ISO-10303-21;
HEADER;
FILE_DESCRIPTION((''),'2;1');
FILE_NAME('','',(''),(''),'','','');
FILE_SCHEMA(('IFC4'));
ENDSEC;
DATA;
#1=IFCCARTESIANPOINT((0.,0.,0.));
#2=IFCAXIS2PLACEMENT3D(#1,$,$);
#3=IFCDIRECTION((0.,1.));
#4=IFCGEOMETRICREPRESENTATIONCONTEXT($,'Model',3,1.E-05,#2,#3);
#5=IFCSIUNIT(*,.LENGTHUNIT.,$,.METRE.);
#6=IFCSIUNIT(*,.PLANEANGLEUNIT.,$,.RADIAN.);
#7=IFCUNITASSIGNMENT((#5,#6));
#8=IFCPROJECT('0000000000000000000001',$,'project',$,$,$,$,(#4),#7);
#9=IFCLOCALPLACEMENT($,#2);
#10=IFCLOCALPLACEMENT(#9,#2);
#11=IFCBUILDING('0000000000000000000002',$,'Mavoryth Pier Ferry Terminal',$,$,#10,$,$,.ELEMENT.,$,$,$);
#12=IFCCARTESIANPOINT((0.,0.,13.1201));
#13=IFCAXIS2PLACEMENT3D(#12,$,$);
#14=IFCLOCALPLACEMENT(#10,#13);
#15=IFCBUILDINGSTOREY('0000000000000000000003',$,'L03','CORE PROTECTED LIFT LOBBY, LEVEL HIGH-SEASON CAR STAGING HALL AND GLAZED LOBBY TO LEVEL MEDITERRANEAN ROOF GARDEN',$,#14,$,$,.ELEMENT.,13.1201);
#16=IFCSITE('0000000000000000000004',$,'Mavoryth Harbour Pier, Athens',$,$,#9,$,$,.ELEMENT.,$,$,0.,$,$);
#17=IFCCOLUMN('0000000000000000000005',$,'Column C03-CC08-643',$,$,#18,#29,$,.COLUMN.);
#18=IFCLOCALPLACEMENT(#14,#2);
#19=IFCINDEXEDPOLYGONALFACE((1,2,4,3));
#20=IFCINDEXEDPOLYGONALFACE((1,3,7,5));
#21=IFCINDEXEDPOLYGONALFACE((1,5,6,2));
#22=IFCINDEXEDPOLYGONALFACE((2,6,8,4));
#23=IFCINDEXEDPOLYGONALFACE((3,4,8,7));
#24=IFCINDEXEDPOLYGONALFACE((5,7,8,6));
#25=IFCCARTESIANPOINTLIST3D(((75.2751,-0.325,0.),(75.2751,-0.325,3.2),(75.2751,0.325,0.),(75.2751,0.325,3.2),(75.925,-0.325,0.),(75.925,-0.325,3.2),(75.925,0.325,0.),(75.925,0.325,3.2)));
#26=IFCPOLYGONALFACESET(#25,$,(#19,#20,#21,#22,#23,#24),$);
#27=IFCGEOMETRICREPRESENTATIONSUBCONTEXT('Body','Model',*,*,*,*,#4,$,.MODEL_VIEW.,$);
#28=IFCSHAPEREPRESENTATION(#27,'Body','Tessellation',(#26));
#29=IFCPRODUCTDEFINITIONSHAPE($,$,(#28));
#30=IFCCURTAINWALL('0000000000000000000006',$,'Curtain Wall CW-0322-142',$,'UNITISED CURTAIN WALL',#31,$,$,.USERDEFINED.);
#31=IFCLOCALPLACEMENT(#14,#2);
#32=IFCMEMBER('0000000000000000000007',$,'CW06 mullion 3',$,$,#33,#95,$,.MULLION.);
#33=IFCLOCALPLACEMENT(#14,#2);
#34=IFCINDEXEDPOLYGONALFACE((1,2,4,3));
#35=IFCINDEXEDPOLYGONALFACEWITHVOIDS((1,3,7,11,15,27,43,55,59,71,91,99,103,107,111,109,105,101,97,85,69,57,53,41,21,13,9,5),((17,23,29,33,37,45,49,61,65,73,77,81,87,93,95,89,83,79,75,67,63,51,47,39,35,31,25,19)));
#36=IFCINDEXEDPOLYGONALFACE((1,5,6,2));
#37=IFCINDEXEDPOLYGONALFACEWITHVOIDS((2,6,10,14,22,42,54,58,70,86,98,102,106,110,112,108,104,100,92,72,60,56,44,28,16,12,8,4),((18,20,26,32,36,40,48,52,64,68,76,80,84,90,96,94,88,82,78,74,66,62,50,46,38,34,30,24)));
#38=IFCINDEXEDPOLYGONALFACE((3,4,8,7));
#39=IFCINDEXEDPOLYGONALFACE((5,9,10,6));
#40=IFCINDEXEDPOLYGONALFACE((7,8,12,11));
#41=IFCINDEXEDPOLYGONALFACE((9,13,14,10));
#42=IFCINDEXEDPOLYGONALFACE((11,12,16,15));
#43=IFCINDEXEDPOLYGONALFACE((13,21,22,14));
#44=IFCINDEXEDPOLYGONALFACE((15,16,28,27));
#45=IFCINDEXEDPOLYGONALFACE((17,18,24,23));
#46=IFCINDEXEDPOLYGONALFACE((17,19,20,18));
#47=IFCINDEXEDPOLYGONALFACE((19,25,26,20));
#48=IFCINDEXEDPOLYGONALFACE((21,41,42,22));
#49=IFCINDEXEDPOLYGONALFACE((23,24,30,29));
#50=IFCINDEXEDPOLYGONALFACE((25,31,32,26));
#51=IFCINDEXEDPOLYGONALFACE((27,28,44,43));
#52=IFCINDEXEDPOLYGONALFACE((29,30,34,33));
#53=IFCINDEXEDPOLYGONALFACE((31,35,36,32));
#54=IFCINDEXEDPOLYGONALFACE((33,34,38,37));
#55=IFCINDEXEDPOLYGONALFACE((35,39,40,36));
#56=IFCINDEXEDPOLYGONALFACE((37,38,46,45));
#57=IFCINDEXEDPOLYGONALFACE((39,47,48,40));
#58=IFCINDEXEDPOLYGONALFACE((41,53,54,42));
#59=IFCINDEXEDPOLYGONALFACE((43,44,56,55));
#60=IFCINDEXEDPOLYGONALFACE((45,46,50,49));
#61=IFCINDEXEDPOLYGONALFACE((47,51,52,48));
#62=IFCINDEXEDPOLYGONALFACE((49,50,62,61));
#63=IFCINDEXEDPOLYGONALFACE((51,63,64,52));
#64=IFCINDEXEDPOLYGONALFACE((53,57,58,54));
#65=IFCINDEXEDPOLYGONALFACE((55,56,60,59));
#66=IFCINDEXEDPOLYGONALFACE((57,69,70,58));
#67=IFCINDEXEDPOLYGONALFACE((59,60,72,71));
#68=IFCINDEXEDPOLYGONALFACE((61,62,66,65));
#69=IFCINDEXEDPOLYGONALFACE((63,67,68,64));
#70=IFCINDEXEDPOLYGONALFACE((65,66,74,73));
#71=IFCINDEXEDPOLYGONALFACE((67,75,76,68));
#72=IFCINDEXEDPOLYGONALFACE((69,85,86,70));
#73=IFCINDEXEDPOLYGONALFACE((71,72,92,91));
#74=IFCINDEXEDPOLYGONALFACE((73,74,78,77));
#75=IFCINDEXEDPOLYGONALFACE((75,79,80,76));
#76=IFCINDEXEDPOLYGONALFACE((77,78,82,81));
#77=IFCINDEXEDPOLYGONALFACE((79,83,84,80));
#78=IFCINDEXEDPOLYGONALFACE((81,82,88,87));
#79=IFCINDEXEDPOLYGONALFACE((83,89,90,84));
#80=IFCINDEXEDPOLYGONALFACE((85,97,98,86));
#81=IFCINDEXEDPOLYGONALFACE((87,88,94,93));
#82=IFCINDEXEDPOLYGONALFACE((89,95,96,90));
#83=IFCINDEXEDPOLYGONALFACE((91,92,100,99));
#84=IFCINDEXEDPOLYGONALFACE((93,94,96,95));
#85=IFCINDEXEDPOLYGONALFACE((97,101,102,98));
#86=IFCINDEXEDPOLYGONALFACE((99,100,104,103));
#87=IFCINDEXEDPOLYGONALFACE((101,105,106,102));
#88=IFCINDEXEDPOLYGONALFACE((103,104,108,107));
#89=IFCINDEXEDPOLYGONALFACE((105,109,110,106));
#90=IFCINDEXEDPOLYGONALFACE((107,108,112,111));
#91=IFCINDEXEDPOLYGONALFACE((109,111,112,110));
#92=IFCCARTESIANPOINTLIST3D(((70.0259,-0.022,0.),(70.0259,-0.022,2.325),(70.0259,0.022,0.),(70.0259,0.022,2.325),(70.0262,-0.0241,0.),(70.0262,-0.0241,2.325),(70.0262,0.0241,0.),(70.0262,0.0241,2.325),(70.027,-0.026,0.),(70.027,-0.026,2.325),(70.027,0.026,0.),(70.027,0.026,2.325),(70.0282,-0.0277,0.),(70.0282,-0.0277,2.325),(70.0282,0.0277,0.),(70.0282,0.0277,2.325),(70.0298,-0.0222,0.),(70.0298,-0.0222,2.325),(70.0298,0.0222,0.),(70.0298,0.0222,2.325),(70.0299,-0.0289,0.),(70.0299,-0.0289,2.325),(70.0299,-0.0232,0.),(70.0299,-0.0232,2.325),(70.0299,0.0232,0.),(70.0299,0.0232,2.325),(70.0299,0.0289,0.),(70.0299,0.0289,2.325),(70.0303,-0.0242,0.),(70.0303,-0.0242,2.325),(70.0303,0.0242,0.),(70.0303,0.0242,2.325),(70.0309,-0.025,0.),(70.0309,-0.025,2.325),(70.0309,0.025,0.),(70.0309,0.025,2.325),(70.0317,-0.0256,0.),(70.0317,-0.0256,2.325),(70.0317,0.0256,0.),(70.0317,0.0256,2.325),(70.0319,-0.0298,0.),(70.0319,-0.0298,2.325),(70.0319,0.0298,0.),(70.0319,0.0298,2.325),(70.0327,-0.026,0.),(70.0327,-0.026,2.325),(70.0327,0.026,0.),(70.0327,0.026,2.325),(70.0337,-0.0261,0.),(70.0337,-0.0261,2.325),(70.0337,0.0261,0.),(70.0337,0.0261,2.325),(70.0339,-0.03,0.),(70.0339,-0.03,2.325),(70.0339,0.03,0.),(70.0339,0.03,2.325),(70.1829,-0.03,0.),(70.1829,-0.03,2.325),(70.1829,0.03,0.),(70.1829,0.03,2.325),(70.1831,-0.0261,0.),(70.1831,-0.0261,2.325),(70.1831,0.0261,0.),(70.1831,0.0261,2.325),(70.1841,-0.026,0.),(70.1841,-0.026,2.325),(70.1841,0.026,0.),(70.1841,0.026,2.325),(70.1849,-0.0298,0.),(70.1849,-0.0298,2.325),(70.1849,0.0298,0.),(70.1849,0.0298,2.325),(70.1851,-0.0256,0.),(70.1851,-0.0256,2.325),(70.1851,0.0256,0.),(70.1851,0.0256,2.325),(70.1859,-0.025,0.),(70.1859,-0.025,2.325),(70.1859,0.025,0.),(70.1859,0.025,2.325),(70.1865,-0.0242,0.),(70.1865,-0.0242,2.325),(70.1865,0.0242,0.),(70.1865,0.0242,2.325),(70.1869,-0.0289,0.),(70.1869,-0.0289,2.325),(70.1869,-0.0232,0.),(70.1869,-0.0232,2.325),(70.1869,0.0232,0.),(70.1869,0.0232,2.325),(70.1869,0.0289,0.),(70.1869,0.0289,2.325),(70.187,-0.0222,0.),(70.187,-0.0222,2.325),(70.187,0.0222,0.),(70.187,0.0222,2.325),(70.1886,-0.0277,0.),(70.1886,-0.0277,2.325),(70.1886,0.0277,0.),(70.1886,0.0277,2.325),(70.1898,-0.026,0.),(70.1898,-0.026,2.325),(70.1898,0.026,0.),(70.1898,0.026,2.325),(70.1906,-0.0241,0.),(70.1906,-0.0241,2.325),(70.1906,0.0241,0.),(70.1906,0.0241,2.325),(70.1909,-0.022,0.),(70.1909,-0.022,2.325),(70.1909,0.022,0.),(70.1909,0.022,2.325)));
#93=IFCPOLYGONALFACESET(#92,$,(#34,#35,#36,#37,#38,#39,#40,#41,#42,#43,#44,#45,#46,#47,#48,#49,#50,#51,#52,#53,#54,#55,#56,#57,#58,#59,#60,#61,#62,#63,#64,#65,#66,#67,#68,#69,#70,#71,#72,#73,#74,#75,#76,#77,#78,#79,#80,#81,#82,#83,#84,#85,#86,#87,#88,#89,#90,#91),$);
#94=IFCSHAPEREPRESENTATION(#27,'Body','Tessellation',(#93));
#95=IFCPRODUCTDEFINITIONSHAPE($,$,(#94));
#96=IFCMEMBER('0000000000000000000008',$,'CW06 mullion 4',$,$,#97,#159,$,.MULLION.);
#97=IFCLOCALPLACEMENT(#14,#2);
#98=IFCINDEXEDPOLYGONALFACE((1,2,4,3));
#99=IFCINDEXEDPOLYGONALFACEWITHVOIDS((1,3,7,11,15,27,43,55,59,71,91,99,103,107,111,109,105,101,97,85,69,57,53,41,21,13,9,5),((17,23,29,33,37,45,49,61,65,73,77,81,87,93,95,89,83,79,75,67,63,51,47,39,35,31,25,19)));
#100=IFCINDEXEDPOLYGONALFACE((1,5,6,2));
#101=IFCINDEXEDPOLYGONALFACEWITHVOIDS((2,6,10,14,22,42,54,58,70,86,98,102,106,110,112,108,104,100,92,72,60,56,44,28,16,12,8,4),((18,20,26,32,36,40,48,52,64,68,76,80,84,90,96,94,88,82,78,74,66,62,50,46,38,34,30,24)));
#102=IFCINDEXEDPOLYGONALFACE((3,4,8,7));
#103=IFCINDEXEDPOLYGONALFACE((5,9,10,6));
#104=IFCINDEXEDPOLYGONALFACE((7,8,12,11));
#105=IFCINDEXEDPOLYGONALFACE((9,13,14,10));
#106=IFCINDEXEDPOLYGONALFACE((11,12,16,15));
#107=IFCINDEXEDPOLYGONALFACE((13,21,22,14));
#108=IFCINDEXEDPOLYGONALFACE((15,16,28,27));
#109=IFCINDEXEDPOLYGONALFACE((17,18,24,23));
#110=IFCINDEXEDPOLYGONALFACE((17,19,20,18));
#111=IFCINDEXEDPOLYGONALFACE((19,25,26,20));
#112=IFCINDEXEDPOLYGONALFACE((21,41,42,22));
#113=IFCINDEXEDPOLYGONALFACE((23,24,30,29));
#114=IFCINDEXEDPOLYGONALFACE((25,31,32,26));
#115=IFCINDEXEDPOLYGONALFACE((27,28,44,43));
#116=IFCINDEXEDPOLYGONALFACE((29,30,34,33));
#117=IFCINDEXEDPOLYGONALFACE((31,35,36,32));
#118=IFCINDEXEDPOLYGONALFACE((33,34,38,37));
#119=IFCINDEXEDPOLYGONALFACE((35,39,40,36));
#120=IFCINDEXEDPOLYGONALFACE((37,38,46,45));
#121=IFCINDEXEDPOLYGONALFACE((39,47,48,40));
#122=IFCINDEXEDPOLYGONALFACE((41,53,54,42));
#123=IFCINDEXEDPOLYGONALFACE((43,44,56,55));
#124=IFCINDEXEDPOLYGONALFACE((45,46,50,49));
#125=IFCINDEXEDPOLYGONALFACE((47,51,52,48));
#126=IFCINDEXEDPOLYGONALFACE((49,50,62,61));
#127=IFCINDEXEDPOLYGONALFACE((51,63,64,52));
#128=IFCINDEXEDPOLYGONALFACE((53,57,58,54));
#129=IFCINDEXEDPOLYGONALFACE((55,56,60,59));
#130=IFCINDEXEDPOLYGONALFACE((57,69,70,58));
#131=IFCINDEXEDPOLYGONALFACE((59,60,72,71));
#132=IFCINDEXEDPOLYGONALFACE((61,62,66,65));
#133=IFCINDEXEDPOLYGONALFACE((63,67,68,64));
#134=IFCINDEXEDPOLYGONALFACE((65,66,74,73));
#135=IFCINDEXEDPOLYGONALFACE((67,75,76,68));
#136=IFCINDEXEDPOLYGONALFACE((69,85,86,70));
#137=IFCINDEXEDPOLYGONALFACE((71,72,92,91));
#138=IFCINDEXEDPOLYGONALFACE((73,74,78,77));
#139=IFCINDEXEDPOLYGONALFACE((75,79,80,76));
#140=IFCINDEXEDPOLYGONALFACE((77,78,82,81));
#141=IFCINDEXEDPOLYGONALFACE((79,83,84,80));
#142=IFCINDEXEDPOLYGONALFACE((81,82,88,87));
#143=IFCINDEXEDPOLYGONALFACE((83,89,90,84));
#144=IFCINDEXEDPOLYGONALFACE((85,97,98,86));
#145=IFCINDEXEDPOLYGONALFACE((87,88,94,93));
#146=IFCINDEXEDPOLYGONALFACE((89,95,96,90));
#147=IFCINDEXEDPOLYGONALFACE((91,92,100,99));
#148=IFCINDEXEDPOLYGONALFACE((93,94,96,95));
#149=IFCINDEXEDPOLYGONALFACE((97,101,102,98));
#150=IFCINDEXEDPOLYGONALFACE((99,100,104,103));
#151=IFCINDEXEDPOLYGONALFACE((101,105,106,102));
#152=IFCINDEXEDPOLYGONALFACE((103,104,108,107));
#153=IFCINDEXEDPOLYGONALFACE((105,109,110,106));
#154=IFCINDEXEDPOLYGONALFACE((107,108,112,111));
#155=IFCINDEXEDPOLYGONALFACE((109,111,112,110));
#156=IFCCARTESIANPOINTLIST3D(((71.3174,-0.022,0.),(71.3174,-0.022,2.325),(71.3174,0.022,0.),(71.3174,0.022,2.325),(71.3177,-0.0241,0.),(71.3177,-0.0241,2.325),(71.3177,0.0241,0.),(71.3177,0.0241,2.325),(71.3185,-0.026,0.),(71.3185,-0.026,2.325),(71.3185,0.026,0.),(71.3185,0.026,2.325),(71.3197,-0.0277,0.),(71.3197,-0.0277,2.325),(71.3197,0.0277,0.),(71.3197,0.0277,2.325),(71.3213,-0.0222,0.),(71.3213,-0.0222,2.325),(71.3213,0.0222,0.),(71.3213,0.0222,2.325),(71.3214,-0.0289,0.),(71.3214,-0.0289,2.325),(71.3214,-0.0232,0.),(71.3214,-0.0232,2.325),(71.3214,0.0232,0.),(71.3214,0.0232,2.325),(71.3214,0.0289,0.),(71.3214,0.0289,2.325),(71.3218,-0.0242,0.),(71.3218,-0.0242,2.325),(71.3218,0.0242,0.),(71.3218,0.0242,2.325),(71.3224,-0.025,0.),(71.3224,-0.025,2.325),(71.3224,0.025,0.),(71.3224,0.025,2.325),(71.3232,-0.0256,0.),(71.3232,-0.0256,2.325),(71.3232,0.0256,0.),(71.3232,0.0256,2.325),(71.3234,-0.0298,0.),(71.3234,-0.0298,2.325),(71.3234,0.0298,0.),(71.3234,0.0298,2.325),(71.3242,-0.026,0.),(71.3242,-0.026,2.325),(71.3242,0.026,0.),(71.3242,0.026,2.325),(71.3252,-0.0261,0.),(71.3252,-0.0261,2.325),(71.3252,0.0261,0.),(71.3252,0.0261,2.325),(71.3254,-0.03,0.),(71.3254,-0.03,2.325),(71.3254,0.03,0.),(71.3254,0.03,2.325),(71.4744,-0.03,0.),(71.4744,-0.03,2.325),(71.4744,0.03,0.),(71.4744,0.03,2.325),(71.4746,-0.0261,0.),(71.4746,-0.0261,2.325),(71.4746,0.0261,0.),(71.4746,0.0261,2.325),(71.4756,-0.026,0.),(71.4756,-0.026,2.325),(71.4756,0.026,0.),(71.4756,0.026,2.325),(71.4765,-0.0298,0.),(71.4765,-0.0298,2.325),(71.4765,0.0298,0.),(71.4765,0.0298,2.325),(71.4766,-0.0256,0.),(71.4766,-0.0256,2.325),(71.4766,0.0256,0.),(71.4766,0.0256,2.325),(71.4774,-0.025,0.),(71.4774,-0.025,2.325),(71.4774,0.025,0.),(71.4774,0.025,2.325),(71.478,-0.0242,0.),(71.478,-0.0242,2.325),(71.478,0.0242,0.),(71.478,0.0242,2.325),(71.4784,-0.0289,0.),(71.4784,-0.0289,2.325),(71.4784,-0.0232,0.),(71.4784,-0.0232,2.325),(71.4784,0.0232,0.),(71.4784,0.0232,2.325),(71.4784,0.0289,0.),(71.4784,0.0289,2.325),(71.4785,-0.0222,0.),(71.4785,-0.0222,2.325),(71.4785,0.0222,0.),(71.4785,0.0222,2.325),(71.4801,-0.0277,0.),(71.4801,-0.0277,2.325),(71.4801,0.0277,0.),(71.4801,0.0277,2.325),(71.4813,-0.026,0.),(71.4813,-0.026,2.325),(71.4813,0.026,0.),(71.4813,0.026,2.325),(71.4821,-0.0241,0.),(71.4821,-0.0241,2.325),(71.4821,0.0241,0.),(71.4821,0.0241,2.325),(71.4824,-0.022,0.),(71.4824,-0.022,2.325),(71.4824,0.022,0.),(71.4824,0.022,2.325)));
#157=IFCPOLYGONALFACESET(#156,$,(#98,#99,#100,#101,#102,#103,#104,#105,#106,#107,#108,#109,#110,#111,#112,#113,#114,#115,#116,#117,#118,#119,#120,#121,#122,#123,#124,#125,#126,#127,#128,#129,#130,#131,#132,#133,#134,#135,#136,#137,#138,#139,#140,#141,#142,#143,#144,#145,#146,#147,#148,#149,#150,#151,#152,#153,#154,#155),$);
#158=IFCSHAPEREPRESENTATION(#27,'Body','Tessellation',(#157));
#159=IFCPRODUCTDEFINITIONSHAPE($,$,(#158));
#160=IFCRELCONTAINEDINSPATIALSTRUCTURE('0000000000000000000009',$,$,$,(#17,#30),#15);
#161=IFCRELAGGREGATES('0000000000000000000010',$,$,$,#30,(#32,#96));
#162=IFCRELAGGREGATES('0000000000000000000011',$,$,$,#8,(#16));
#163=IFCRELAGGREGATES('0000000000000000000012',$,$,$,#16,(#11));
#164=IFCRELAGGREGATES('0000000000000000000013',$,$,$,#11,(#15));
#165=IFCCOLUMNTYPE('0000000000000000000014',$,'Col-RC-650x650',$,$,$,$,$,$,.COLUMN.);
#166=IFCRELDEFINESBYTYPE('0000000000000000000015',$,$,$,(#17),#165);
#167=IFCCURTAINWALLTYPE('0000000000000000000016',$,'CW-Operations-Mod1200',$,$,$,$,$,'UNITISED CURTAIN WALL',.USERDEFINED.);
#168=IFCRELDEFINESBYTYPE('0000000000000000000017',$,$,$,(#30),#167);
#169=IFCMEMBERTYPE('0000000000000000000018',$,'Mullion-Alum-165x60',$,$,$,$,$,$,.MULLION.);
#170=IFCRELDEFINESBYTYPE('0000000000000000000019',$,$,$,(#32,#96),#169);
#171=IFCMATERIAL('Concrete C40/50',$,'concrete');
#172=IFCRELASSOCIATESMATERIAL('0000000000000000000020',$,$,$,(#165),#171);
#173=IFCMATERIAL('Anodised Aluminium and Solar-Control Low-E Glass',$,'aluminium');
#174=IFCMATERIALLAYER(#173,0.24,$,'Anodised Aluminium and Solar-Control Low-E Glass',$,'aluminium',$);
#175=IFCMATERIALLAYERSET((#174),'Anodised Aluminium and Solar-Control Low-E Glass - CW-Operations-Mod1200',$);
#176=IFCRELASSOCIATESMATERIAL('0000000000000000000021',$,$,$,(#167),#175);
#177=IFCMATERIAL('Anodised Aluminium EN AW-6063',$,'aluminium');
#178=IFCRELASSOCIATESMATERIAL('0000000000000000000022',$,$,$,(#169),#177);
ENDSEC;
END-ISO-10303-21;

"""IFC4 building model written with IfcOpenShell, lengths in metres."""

from ifc_helpers import new_model, si_unit, direction, frame, origin, origin_2d, place, context, subcontext, project, spatial, rectangle, hollow_rectangle, extrude, material, layer, layer_set, material_profile, profile_set, type_object, element, aggregate, save


model = new_model("IFC4")

# Units and contexts
model_context = context("Model", 3, precision=1e-05, world=origin(), true_north=direction((0.0, 1.0)))
body_context = subcontext(model_context, "Body", "Model", "MODEL_VIEW")
ifc_project = project(units=[si_unit("LENGTHUNIT", "METRE"), si_unit("PLANEANGLEUNIT", "RADIAN")], contexts=[model_context])

# Site, building, storey
site_placement = place(None, origin())
site = spatial("IfcSite", under=ifc_project, at=site_placement, Name="Mavoryth Harbour Pier, Athens", CompositionType="ELEMENT", RefElevation=0.0)
building_placement = place(site_placement, origin())
building = spatial("IfcBuilding", under=site, at=building_placement, Name="Mavoryth Pier Ferry Terminal", CompositionType="ELEMENT")
storey_placement = place(building_placement, frame((0.0, 0.0, 13.1201)))
storey = spatial("IfcBuildingStorey", under=building, at=storey_placement, Name="L03", Description="CORE PROTECTED LIFT LOBBY, LEVEL HIGH-SEASON CAR STAGING HALL AND GLAZED LOBBY TO LEVEL MEDITERRANEAN ROOF GARDEN", CompositionType="ELEMENT", Elevation=13.1201)

# Column
ifc_material_1 = material(Name="Concrete C40/50", Category="concrete")
ifc_material_profile_1 = material_profile(ifc_material_1, rectangle(XDim=0.6499, YDim=0.6499, at=origin_2d()), Name="RC 650x650", Category="concrete")
ifc_profile_set_1 = profile_set([ifc_material_profile_1], Name="Concrete C40/50 - RC 650x650")
column_type = type_object("IfcColumnType", Name="Col-RC-650x650", PredefinedType="COLUMN", material=ifc_profile_set_1)
column_placement = place(storey_placement, frame((75.6001, 0.0, 0.0), z_axis=(0.0, 0.0, 1.0), x_axis=(1.0, 0.0, 0.0)))
element("IfcColumn", 1, at=column_placement, inside=storey, type_object=column_type, Name="Column C03-CC08-643", PredefinedType="COLUMN", context=body_context, shape_type="SweptSolid", body=[
    extrude(rectangle(XDim=0.6499, YDim=0.6499, at=origin_2d()), origin(), (0.0, 0.0, 1.0), 3.2),
])

# Curtain wall, members
ifc_material_2 = material(Name="Anodised Aluminium and Solar-Control Low-E Glass", Category="aluminium")
ifc_layer_1 = layer(ifc_material_2, 0.24, Name="Anodised Aluminium and Solar-Control Low-E Glass", Category="aluminium")
ifc_layer_set_1 = layer_set([ifc_layer_1], Name="Anodised Aluminium and Solar-Control Low-E Glass - CW-Operations-Mod1200")
curtain_wall_type = type_object("IfcCurtainWallType", Name="CW-Operations-Mod1200", ElementType="UNITISED CURTAIN WALL", PredefinedType="USERDEFINED", material=ifc_layer_set_1)
curtain_wall_placement = place(storey_placement, origin())
curtain_wall = element("IfcCurtainWall", 2, at=curtain_wall_placement, inside=storey, type_object=curtain_wall_type, Name="Curtain Wall CW-0322-142", ObjectType="UNITISED CURTAIN WALL", PredefinedType="USERDEFINED")
ifc_material_3 = material(Name="Anodised Aluminium EN AW-6063", Category="aluminium")
ifc_material_profile_2 = material_profile(ifc_material_3, hollow_rectangle(XDim=0.0601, YDim=0.165, WallThickness=0.0039, InnerFilletRadius=0.0039, OuterFilletRadius=0.0081, at=origin_2d()), Name="AL-MULL 165x60x4", Category="aluminium")
ifc_profile_set_2 = profile_set([ifc_material_profile_2], Name="Anodised Aluminium EN AW-6063 - AL-MULL 165x60x4")
member_type_1 = type_object("IfcMemberType", Name="Mullion-Alum-165x60", PredefinedType="MULLION", material=ifc_profile_set_2)
member_1_placement = place(storey_placement, frame((70.1084, 0.0, 0.0), z_axis=(0.0, 0.0, 1.0), x_axis=(0.0, 1.0, 0.0)))
member_1 = element("IfcMember", 3, at=member_1_placement, type_object=member_type_1, Name="CW06 mullion 3", PredefinedType="MULLION", context=body_context, shape_type="SweptSolid", body=[
    extrude(hollow_rectangle(XDim=0.0601, YDim=0.165, WallThickness=0.0039, InnerFilletRadius=0.0039, OuterFilletRadius=0.0081, at=origin_2d()), origin(), (0.0, 0.0, 1.0), 2.325),
])
member_2_placement = place(storey_placement, frame((71.3999, 0.0, 0.0), z_axis=(0.0, 0.0, 1.0), x_axis=(0.0, 1.0, 0.0)))
member_2 = element("IfcMember", 4, at=member_2_placement, type_object=member_type_1, Name="CW06 mullion 4", PredefinedType="MULLION", context=body_context, shape_type="SweptSolid", body=[
    extrude(hollow_rectangle(XDim=0.0601, YDim=0.165, WallThickness=0.0039, InnerFilletRadius=0.0039, OuterFilletRadius=0.0081, at=origin_2d()), origin(), (0.0, 0.0, 1.0), 2.325),
])
aggregate(curtain_wall, [member_1, member_2])

save(model, "model.ifc")
